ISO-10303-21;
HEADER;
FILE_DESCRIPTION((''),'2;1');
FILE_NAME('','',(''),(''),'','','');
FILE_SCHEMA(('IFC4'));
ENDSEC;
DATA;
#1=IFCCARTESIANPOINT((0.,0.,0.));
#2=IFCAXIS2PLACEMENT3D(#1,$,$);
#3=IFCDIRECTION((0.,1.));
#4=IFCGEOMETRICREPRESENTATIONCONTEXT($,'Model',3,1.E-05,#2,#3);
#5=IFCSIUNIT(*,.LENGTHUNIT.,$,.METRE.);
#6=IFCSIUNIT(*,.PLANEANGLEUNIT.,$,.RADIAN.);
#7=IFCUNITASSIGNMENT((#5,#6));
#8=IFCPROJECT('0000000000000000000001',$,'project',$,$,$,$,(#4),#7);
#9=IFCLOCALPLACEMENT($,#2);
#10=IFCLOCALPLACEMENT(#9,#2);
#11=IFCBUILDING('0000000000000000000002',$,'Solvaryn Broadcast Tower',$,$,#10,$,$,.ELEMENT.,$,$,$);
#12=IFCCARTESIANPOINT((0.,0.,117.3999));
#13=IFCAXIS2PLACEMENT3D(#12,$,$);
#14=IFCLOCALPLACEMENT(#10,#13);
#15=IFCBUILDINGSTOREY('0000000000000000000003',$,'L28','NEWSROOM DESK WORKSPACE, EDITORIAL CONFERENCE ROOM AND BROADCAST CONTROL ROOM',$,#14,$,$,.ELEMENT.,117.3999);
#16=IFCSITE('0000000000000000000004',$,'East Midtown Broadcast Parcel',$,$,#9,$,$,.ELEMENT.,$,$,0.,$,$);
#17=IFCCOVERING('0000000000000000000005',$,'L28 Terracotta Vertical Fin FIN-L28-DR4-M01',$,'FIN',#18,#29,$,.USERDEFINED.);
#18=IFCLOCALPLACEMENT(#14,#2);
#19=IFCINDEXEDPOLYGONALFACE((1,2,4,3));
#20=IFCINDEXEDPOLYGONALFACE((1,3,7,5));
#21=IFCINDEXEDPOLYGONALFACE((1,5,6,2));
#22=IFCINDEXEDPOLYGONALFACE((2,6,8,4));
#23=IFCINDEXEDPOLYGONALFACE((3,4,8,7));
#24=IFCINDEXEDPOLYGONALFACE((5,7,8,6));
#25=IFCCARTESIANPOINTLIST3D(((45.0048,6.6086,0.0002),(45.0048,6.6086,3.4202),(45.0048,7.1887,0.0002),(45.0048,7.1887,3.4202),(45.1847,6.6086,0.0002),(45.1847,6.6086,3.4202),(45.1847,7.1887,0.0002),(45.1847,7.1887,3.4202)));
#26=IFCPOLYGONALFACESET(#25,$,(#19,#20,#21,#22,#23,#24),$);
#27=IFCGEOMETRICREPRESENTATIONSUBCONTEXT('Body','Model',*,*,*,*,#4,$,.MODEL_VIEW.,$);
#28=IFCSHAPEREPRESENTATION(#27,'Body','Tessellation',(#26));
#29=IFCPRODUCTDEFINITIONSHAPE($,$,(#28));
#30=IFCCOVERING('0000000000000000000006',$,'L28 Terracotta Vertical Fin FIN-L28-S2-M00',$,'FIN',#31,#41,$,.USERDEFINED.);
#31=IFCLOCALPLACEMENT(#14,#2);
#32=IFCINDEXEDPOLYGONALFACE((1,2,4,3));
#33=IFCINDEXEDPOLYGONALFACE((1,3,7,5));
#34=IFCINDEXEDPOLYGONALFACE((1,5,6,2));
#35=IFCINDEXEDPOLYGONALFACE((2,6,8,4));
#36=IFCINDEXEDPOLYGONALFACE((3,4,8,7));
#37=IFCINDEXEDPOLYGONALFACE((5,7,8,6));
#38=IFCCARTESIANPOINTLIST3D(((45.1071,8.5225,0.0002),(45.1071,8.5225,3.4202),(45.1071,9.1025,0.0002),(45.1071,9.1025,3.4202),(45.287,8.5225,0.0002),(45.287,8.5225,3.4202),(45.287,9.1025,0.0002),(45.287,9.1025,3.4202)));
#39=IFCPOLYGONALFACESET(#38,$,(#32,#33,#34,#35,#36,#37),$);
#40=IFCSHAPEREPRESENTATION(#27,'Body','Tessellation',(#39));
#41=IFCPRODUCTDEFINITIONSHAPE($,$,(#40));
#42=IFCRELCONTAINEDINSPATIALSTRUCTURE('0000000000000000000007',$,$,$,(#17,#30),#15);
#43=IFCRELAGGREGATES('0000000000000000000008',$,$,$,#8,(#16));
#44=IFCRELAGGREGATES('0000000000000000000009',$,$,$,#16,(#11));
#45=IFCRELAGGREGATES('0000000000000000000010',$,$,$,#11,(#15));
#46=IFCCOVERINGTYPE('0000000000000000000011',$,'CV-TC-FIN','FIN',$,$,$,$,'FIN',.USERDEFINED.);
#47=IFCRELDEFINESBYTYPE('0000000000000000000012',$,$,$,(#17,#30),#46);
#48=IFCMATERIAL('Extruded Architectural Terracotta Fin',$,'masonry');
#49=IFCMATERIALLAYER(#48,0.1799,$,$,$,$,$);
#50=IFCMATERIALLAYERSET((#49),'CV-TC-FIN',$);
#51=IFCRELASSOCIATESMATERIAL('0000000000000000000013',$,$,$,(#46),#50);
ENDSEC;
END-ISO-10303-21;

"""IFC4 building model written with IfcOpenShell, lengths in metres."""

from ifc_helpers import new_model, si_unit, direction, frame, origin, origin_2d, place, context, subcontext, project, spatial, rectangle, extrude, material, layer, layer_set, type_object, element, save


model = new_model("IFC4")

# Units and contexts
model_context = context("Model", 3, precision=1e-05, world=origin(), true_north=direction((0.0, 1.0)))
body_context = subcontext(model_context, "Body", "Model", "MODEL_VIEW")
ifc_project = project(units=[si_unit("LENGTHUNIT", "METRE"), si_unit("PLANEANGLEUNIT", "RADIAN")], contexts=[model_context])

# Site, building, storey
site_placement = place(None, origin())
site = spatial("IfcSite", under=ifc_project, at=site_placement, Name="East Midtown Broadcast Parcel", CompositionType="ELEMENT", RefElevation=0.0)
building_placement = place(site_placement, origin())
building = spatial("IfcBuilding", under=site, at=building_placement, Name="Solvaryn Broadcast Tower", CompositionType="ELEMENT")
storey_placement = place(building_placement, frame((0.0, 0.0, 117.3999)))
storey = spatial("IfcBuildingStorey", under=building, at=storey_placement, Name="L28", Description="NEWSROOM DESK WORKSPACE, EDITORIAL CONFERENCE ROOM AND BROADCAST CONTROL ROOM", CompositionType="ELEMENT", Elevation=117.3999)

# Coverings
ifc_material_1 = material(Name="Extruded Architectural Terracotta Fin", Category="masonry")
ifc_layer_1 = layer(ifc_material_1, 0.1799)
ifc_layer_set_1 = layer_set([ifc_layer_1], Name="CV-TC-FIN")
covering_type_1 = type_object("IfcCoveringType", Name="CV-TC-FIN", Description="FIN", ElementType="FIN", PredefinedType="USERDEFINED", material=ifc_layer_set_1)
for number, where, z_axis, x_axis, name in (
    (1, (45.0947, 6.8987, 0.0002), (0.0, 0.0, 1.0), (1.0, 0.0, 0.0), "L28 Terracotta Vertical Fin FIN-L28-DR4-M01"),
    (2, (45.197, 8.8125, 0.0002), (0.0, 0.0, 1.0), (1.0, 0.0, 0.0), "L28 Terracotta Vertical Fin FIN-L28-S2-M00"),
):
    element("IfcCovering", number, at=place(storey_placement, frame(where, z_axis=z_axis, x_axis=x_axis)), inside=storey, type_object=covering_type_1, Name=name, ObjectType="FIN", PredefinedType="USERDEFINED", context=body_context, shape_type="SweptSolid", body=[
        extrude(rectangle(XDim=0.1799, YDim=0.5801, at=origin_2d()), origin(), (0.0, 0.0, 1.0), 3.4199),
    ])

save(model, "model.ifc")
